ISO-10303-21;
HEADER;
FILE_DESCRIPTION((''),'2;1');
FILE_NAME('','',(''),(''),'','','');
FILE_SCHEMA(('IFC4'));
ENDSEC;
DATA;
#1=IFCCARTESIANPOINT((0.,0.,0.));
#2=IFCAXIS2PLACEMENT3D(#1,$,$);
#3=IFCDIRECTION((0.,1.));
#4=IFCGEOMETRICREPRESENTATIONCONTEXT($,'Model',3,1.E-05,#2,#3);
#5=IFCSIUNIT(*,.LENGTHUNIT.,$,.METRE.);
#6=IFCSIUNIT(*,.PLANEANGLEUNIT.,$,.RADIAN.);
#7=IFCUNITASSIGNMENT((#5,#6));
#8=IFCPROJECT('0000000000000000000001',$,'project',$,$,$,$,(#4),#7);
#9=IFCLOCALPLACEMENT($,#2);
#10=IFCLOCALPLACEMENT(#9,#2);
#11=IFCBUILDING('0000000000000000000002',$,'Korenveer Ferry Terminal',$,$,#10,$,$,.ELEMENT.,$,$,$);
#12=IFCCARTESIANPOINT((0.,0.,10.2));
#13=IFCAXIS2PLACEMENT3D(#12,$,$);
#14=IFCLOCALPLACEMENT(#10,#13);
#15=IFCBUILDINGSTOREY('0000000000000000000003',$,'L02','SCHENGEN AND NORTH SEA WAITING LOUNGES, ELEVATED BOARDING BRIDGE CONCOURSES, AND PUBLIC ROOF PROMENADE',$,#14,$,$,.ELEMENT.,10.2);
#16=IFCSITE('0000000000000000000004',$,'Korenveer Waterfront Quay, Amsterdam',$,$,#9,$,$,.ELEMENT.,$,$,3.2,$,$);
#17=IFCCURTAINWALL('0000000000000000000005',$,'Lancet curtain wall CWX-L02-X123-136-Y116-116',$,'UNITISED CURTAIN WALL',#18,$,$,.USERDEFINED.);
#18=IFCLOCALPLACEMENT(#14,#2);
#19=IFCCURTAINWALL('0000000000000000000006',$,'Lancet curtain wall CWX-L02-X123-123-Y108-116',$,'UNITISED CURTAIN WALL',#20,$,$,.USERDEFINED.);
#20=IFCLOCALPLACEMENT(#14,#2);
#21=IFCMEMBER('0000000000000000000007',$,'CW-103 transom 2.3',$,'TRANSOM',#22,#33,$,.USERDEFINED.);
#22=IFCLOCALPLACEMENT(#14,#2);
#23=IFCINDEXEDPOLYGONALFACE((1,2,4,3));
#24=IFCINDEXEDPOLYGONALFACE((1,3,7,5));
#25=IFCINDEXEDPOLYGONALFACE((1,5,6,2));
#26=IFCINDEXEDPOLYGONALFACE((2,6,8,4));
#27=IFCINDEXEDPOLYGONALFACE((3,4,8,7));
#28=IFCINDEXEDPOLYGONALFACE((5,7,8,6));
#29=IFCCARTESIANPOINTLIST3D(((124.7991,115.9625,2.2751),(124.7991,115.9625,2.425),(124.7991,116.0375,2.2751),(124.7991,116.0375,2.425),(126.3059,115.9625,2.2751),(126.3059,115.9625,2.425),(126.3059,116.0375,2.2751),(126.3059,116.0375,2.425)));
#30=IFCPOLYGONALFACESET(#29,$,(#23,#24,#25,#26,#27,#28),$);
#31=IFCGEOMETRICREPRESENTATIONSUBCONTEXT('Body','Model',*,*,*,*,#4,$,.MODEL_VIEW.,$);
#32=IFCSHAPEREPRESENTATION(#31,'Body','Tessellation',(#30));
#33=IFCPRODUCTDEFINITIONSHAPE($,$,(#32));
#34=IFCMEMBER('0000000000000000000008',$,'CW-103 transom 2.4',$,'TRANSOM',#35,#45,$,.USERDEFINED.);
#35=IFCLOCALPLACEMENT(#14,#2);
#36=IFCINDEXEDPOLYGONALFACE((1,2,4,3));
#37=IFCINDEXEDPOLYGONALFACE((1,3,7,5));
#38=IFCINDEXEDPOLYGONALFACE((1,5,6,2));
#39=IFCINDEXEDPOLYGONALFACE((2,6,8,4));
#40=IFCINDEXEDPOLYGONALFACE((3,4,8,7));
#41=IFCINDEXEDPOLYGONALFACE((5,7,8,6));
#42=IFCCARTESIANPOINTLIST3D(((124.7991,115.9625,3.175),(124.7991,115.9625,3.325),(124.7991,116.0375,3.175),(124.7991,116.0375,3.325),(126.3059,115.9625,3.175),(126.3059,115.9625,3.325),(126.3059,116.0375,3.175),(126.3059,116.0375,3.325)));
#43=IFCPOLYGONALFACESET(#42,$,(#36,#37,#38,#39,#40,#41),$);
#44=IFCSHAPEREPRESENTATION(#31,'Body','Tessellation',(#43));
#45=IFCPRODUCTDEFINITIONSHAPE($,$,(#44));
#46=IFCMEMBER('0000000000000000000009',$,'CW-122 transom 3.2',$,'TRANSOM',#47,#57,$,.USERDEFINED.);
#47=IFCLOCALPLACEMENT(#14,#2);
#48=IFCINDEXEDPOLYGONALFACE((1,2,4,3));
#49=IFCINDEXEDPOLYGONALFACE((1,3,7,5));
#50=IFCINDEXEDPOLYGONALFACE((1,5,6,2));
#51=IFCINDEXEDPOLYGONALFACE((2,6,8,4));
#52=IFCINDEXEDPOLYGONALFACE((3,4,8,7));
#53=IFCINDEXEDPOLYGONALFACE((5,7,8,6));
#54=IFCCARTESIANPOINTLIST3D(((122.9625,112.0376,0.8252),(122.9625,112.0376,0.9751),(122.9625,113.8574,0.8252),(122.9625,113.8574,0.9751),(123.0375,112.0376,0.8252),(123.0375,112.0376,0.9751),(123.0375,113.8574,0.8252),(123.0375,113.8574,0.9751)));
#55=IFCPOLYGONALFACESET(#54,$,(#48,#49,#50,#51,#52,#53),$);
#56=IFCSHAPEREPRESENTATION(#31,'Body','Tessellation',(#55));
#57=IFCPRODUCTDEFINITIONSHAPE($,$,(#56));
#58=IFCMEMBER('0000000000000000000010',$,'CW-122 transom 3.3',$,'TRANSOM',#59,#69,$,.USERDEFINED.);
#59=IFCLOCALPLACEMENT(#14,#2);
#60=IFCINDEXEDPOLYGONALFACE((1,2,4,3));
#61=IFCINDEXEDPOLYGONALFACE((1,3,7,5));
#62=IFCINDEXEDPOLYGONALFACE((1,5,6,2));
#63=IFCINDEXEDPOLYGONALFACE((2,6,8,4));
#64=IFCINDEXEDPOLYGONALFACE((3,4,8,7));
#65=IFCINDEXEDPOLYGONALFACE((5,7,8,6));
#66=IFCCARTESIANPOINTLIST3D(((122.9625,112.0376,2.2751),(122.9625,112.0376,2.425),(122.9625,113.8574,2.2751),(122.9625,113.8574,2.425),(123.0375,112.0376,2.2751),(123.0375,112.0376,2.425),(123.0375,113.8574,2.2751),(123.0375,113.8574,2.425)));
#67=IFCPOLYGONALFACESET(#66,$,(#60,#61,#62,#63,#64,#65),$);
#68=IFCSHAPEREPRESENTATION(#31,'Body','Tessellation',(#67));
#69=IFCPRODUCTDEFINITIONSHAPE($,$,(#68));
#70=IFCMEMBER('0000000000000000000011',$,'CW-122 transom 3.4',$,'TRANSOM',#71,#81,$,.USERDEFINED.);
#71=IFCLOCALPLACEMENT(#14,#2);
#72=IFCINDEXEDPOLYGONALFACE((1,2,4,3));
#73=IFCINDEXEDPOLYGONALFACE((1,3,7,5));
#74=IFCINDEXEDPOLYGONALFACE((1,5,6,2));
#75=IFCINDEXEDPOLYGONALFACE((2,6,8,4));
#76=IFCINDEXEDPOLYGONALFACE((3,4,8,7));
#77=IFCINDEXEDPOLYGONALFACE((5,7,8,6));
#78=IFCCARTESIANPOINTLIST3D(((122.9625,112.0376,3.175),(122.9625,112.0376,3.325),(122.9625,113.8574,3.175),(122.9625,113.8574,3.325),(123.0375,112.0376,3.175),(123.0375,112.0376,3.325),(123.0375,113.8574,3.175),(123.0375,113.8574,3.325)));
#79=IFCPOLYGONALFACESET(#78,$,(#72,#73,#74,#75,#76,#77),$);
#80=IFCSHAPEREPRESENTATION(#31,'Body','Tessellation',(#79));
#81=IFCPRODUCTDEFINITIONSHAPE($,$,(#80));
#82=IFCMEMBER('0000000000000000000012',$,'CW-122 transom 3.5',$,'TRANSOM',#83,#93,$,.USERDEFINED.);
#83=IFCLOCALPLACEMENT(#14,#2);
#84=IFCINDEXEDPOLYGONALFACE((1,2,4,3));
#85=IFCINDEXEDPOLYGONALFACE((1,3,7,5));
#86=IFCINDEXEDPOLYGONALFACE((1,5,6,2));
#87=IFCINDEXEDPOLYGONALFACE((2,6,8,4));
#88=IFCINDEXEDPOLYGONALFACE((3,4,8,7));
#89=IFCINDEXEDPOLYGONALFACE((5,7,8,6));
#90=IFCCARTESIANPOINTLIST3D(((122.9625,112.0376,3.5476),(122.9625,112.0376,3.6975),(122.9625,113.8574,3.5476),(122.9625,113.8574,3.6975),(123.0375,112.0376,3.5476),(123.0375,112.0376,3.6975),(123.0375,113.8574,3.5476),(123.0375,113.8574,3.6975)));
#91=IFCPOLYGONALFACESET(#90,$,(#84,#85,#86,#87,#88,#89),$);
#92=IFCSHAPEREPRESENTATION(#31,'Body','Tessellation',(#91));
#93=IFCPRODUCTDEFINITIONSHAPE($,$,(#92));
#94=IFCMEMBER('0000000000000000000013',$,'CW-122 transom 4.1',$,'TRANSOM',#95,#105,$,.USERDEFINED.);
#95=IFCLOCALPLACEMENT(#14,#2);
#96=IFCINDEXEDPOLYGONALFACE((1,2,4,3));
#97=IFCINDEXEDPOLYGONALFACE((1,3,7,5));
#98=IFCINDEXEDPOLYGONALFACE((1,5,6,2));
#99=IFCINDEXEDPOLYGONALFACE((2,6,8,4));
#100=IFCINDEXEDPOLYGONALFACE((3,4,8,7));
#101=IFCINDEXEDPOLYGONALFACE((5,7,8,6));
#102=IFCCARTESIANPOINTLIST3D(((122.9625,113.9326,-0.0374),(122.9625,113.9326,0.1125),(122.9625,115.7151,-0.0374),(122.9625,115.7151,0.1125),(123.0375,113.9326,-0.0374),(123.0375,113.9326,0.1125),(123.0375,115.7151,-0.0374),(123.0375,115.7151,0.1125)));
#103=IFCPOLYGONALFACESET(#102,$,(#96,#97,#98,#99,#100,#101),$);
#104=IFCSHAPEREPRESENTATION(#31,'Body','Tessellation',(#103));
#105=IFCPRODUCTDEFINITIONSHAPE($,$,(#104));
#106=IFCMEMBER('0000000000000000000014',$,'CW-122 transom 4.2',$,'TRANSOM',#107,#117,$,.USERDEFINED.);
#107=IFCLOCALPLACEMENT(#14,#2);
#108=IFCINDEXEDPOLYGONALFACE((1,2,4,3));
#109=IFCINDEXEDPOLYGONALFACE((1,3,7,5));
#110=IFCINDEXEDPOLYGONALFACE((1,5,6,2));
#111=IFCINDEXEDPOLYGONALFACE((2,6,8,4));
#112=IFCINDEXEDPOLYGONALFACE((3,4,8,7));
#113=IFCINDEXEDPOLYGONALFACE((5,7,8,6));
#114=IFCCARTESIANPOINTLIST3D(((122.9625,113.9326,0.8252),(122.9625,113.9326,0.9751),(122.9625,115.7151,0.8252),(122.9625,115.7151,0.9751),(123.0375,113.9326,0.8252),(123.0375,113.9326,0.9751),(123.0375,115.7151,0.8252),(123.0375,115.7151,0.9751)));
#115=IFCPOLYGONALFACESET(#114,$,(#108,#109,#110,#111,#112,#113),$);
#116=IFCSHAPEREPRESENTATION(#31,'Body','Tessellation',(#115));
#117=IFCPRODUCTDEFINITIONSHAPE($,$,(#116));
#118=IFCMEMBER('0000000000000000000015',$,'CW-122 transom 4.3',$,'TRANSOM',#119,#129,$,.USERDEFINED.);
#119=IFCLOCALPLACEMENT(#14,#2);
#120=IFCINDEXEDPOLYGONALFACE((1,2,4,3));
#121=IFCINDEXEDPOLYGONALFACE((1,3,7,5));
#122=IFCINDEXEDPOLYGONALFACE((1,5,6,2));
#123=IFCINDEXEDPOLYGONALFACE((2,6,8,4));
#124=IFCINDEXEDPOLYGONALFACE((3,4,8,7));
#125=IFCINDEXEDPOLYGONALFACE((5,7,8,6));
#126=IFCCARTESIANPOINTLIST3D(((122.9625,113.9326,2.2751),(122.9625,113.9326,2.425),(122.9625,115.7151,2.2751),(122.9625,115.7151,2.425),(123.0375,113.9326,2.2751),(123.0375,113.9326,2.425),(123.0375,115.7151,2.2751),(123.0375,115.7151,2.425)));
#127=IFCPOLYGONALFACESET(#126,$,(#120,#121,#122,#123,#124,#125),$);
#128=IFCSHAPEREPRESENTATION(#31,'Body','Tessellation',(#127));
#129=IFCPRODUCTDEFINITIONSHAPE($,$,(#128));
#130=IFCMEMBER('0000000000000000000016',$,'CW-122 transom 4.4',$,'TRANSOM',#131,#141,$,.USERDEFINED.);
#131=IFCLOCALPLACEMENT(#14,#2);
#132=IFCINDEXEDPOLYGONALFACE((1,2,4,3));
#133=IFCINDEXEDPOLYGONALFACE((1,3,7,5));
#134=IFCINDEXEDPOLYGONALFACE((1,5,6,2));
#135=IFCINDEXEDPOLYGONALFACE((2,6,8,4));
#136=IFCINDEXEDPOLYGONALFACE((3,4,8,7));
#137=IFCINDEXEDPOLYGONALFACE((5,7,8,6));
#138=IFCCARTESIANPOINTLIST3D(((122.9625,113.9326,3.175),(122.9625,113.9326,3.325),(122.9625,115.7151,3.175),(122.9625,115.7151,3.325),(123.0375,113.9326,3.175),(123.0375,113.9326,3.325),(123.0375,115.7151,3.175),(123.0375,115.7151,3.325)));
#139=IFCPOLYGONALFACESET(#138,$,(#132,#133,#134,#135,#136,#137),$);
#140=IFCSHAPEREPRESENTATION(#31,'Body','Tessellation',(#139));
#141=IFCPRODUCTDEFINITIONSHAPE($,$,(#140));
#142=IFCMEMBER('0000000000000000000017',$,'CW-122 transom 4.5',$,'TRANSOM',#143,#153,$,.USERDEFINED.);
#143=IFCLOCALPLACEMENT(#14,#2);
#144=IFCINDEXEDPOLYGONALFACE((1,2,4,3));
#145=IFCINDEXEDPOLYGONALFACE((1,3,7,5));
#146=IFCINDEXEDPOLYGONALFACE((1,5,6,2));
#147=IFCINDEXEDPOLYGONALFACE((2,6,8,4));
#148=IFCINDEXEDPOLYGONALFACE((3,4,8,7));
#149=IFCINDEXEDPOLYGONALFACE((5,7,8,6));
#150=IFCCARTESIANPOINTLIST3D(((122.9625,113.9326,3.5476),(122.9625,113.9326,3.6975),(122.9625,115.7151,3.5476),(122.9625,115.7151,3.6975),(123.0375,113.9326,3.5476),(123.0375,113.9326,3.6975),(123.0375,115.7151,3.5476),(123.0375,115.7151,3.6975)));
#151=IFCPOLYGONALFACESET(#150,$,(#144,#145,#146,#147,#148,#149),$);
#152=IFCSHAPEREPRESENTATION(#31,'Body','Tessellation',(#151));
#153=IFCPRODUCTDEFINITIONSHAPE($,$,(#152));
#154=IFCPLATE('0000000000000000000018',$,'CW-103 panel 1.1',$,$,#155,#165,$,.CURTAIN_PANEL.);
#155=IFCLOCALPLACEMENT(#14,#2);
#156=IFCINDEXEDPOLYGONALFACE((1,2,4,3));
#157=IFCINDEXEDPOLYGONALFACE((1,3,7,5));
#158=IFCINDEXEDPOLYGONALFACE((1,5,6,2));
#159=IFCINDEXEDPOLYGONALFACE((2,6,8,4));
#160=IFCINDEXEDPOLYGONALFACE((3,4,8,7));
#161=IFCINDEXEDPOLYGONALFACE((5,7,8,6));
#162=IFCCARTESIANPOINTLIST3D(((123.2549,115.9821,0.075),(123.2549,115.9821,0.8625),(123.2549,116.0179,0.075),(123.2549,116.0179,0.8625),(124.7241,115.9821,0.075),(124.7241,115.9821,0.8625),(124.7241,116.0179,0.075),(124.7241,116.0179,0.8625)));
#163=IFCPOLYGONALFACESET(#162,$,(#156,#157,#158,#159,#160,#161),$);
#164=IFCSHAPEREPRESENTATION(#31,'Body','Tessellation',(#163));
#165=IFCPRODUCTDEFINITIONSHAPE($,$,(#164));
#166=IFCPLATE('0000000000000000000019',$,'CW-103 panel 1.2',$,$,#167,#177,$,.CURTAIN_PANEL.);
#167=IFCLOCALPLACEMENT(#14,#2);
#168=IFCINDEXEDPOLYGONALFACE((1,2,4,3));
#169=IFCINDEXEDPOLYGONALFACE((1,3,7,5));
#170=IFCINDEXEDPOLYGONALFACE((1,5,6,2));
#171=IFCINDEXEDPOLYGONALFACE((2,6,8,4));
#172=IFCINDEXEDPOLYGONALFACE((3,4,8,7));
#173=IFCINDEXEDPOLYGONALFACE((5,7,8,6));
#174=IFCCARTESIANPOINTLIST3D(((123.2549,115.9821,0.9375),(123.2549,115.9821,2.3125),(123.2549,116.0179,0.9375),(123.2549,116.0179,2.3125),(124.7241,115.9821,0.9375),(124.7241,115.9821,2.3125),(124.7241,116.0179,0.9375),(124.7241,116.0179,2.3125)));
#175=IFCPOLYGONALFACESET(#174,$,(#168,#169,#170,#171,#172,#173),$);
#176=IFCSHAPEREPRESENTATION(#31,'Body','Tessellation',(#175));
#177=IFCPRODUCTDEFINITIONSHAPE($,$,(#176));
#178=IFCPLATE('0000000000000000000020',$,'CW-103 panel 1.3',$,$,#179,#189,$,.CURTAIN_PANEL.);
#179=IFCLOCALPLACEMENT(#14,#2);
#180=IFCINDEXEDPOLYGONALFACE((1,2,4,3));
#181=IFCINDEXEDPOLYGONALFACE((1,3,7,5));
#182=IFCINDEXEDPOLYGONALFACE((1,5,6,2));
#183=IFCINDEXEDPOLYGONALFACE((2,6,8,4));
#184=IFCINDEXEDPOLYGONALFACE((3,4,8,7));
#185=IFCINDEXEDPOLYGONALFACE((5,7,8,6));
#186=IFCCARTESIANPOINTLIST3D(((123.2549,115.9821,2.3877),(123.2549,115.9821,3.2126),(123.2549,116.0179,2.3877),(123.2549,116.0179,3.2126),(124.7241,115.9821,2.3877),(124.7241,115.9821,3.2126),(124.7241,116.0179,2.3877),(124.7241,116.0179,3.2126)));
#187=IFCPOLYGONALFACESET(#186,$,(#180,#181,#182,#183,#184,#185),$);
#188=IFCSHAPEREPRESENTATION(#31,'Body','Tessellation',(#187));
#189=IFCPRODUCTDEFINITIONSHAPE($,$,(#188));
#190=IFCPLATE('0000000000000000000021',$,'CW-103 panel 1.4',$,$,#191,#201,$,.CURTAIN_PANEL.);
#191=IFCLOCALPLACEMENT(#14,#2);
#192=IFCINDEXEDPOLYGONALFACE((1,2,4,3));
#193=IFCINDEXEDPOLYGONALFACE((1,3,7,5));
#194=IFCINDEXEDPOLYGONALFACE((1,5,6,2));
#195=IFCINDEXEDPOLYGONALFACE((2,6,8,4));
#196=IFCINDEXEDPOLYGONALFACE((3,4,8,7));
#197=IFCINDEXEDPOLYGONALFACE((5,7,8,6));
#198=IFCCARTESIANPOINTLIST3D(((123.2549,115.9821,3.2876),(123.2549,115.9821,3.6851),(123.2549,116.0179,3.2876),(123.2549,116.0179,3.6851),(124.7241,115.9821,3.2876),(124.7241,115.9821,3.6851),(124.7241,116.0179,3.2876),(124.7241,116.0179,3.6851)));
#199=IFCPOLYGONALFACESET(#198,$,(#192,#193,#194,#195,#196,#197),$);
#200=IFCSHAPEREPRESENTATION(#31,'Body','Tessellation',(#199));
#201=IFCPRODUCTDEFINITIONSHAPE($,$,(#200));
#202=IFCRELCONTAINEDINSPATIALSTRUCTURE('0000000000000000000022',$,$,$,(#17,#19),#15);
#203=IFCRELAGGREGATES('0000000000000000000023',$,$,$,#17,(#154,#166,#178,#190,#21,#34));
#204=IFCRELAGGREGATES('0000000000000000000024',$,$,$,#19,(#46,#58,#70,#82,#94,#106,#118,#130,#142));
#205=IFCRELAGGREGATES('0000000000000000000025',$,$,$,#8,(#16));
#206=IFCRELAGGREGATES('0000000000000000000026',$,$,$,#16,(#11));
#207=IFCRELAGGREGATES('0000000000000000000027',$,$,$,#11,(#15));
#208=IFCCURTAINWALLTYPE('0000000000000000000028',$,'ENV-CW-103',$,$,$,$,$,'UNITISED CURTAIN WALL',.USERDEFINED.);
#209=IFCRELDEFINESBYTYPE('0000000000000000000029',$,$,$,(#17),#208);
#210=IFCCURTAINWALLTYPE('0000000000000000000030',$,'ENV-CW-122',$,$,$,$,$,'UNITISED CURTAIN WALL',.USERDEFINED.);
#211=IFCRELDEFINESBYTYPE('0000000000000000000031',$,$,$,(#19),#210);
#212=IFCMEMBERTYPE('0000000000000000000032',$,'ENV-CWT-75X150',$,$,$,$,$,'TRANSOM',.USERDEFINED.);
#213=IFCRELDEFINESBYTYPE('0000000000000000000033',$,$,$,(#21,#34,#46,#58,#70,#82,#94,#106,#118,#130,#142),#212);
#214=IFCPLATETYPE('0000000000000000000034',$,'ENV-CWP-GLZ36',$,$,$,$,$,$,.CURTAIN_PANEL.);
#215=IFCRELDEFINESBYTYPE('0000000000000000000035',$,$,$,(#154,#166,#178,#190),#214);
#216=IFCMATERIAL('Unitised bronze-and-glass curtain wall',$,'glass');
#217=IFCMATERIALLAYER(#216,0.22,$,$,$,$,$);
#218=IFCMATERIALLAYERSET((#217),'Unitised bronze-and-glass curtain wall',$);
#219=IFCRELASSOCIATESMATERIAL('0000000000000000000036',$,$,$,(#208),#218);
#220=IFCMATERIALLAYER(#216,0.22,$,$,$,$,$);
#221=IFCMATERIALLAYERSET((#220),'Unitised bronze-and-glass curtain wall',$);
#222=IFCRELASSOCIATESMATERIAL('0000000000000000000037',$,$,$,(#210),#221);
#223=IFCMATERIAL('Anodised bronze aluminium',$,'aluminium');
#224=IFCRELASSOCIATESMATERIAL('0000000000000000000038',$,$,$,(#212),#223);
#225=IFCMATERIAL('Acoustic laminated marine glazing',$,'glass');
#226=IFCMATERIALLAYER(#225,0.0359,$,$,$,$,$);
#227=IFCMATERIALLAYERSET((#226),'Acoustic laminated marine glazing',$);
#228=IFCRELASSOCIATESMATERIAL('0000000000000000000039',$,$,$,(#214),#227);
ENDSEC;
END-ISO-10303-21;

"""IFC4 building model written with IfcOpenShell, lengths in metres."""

from ifc_helpers import new_model, si_unit, direction, frame, origin, origin_2d, place, context, subcontext, project, spatial, rectangle, extrude, material, layer, layer_set, material_profile, profile_set, type_object, element, aggregate, save


model = new_model("IFC4")

# Units and contexts
model_context = context("Model", 3, precision=1e-05, world=origin(), true_north=direction((0.0, 1.0)))
body_context = subcontext(model_context, "Body", "Model", "MODEL_VIEW")
ifc_project = project(units=[si_unit("LENGTHUNIT", "METRE"), si_unit("PLANEANGLEUNIT", "RADIAN")], contexts=[model_context])

# Site, building, storey
site_placement = place(None, origin())
site = spatial("IfcSite", under=ifc_project, at=site_placement, Name="Korenveer Waterfront Quay, Amsterdam", CompositionType="ELEMENT", RefElevation=3.2)
building_placement = place(site_placement, origin())
building = spatial("IfcBuilding", under=site, at=building_placement, Name="Korenveer Ferry Terminal", CompositionType="ELEMENT")
storey_placement = place(building_placement, frame((0.0, 0.0, 10.2)))
storey = spatial("IfcBuildingStorey", under=building, at=storey_placement, Name="L02", Description="SCHENGEN AND NORTH SEA WAITING LOUNGES, ELEVATED BOARDING BRIDGE CONCOURSES, AND PUBLIC ROOF PROMENADE", CompositionType="ELEMENT", Elevation=10.2)

# Curtain walls
ifc_material_1 = material(Name="Unitised bronze-and-glass curtain wall", Category="glass")
ifc_layer_1 = layer(ifc_material_1, 0.22)
ifc_layer_set_1 = layer_set([ifc_layer_1], Name="Unitised bronze-and-glass curtain wall")
curtain_wall_type_1 = type_object("IfcCurtainWallType", Name="ENV-CW-103", ElementType="UNITISED CURTAIN WALL", PredefinedType="USERDEFINED", material=ifc_layer_set_1)
curtain_wall_1_placement = place(storey_placement, frame((123.1799, 116.0, 0.0)))
curtain_wall_1 = element("IfcCurtainWall", 1, at=curtain_wall_1_placement, inside=storey, type_object=curtain_wall_type_1, Name="Lancet curtain wall CWX-L02-X123-136-Y116-116", ObjectType="UNITISED CURTAIN WALL", PredefinedType="USERDEFINED")
ifc_material_2 = material(Name="Anodised bronze aluminium", Category="aluminium")
ifc_layer_2 = layer(ifc_material_1, 0.22)
ifc_layer_set_2 = layer_set([ifc_layer_2], Name="Unitised bronze-and-glass curtain wall")
curtain_wall_type_2 = type_object("IfcCurtainWallType", Name="ENV-CW-122", ElementType="UNITISED CURTAIN WALL", PredefinedType="USERDEFINED", material=ifc_layer_set_2)
curtain_wall_2_placement = place(storey_placement, frame((123.0, 108.21, 0.0)))
curtain_wall_2 = element("IfcCurtainWall", 2, at=curtain_wall_2_placement, inside=storey, type_object=curtain_wall_type_2, Name="Lancet curtain wall CWX-L02-X123-123-Y108-116", ObjectType="UNITISED CURTAIN WALL", PredefinedType="USERDEFINED")

# Members
ifc_material_profile_1 = material_profile(ifc_material_2, rectangle(XDim=0.075, YDim=0.1499, at=origin_2d()), Name="ALU 75x150")
ifc_profile_set_1 = profile_set([ifc_material_profile_1], Name="Anodised bronze aluminium")
member_type_1 = type_object("IfcMemberType", Name="ENV-CWT-75X150", ElementType="TRANSOM", PredefinedType="USERDEFINED", material=ifc_profile_set_1)
member_1_placement = place(storey_placement, frame((124.7991, 116.0, 2.3501), z_axis=(1.0, 0.0, 0.0), x_axis=(0.0, 1.0, 0.0)))
member_1 = element("IfcMember", 3, at=member_1_placement, type_object=member_type_1, Name="CW-103 transom 2.3", ObjectType="TRANSOM", PredefinedType="USERDEFINED", context=body_context, shape_type="SweptSolid", body=[
    extrude(rectangle(XDim=0.075, YDim=0.1499, at=origin_2d()), origin(), (0.0, 0.0, 1.0), 1.5068),
])
member_2_placement = place(storey_placement, frame((124.7991, 116.0, 3.25), z_axis=(1.0, 0.0, 0.0), x_axis=(0.0, 1.0, 0.0)))
member_2 = element("IfcMember", 4, at=member_2_placement, type_object=member_type_1, Name="CW-103 transom 2.4", ObjectType="TRANSOM", PredefinedType="USERDEFINED", context=body_context, shape_type="SweptSolid", body=[
    extrude(rectangle(XDim=0.075, YDim=0.1499, at=origin_2d()), origin(), (0.0, 0.0, 1.0), 1.5068),
])
member_3_placement = place(storey_placement, frame((123.0, 112.0376, 0.9001), z_axis=(0.0, 1.0, 0.0), x_axis=(-1.0, 0.0, 0.0)))
member_3 = element("IfcMember", 5, at=member_3_placement, type_object=member_type_1, Name="CW-122 transom 3.2", ObjectType="TRANSOM", PredefinedType="USERDEFINED", context=body_context, shape_type="SweptSolid", body=[
    extrude(rectangle(XDim=0.075, YDim=0.1499, at=origin_2d()), origin(), (0.0, 0.0, 1.0), 1.8198),
])
member_4_placement = place(storey_placement, frame((123.0, 112.0376, 2.3501), z_axis=(0.0, 1.0, 0.0), x_axis=(-1.0, 0.0, 0.0)))
member_4 = element("IfcMember", 6, at=member_4_placement, type_object=member_type_1, Name="CW-122 transom 3.3", ObjectType="TRANSOM", PredefinedType="USERDEFINED", context=body_context, shape_type="SweptSolid", body=[
    extrude(rectangle(XDim=0.075, YDim=0.1499, at=origin_2d()), origin(), (0.0, 0.0, 1.0), 1.8198),
])
member_5_placement = place(storey_placement, frame((123.0, 112.0376, 3.25), z_axis=(0.0, 1.0, 0.0), x_axis=(-1.0, 0.0, 0.0)))
member_5 = element("IfcMember", 7, at=member_5_placement, type_object=member_type_1, Name="CW-122 transom 3.4", ObjectType="TRANSOM", PredefinedType="USERDEFINED", context=body_context, shape_type="SweptSolid", body=[
    extrude(rectangle(XDim=0.075, YDim=0.1499, at=origin_2d()), origin(), (0.0, 0.0, 1.0), 1.8198),
])
member_6_placement = place(storey_placement, frame((123.0, 112.0376, 3.6226), z_axis=(0.0, 1.0, 0.0), x_axis=(-1.0, 0.0, 0.0)))
member_6 = element("IfcMember", 8, at=member_6_placement, type_object=member_type_1, Name="CW-122 transom 3.5", ObjectType="TRANSOM", PredefinedType="USERDEFINED", context=body_context, shape_type="SweptSolid", body=[
    extrude(rectangle(XDim=0.075, YDim=0.1499, at=origin_2d()), origin(), (0.0, 0.0, 1.0), 1.8198),
])
member_7_placement = place(storey_placement, frame((123.0, 113.9326, 0.0376), z_axis=(0.0, 1.0, 0.0), x_axis=(-1.0, 0.0, 0.0)))
member_7 = element("IfcMember", 9, at=member_7_placement, type_object=member_type_1, Name="CW-122 transom 4.1", ObjectType="TRANSOM", PredefinedType="USERDEFINED", context=body_context, shape_type="SweptSolid", body=[
    extrude(rectangle(XDim=0.075, YDim=0.1499, at=origin_2d()), origin(), (0.0, 0.0, 1.0), 1.7825),
])
member_8_placement = place(storey_placement, frame((123.0, 113.9326, 0.9001), z_axis=(0.0, 1.0, 0.0), x_axis=(-1.0, 0.0, 0.0)))
member_8 = element("IfcMember", 10, at=member_8_placement, type_object=member_type_1, Name="CW-122 transom 4.2", ObjectType="TRANSOM", PredefinedType="USERDEFINED", context=body_context, shape_type="SweptSolid", body=[
    extrude(rectangle(XDim=0.075, YDim=0.1499, at=origin_2d()), origin(), (0.0, 0.0, 1.0), 1.7825),
])
member_9_placement = place(storey_placement, frame((123.0, 113.9326, 2.3501), z_axis=(0.0, 1.0, 0.0), x_axis=(-1.0, 0.0, 0.0)))
member_9 = element("IfcMember", 11, at=member_9_placement, type_object=member_type_1, Name="CW-122 transom 4.3", ObjectType="TRANSOM", PredefinedType="USERDEFINED", context=body_context, shape_type="SweptSolid", body=[
    extrude(rectangle(XDim=0.075, YDim=0.1499, at=origin_2d()), origin(), (0.0, 0.0, 1.0), 1.7825),
])
member_10_placement = place(storey_placement, frame((123.0, 113.9326, 3.25), z_axis=(0.0, 1.0, 0.0), x_axis=(-1.0, 0.0, 0.0)))
member_10 = element("IfcMember", 12, at=member_10_placement, type_object=member_type_1, Name="CW-122 transom 4.4", ObjectType="TRANSOM", PredefinedType="USERDEFINED", context=body_context, shape_type="SweptSolid", body=[
    extrude(rectangle(XDim=0.075, YDim=0.1499, at=origin_2d()), origin(), (0.0, 0.0, 1.0), 1.7825),
])
member_11_placement = place(storey_placement, frame((123.0, 113.9326, 3.6226), z_axis=(0.0, 1.0, 0.0), x_axis=(-1.0, 0.0, 0.0)))
member_11 = element("IfcMember", 13, at=member_11_placement, type_object=member_type_1, Name="CW-122 transom 4.5", ObjectType="TRANSOM", PredefinedType="USERDEFINED", context=body_context, shape_type="SweptSolid", body=[
    extrude(rectangle(XDim=0.075, YDim=0.1499, at=origin_2d()), origin(), (0.0, 0.0, 1.0), 1.7825),
])

# Plates
ifc_material_3 = material(Name="Acoustic laminated marine glazing", Category="glass")
ifc_layer_3 = layer(ifc_material_3, 0.0359)
ifc_layer_set_3 = layer_set([ifc_layer_3], Name="Acoustic laminated marine glazing")
plate_type = type_object("IfcPlateType", Name="ENV-CWP-GLZ36", PredefinedType="CURTAIN_PANEL", material=ifc_layer_set_3)
plate_1_placement = place(storey_placement, frame((123.9895, 116.0, 0.075), z_axis=(0.0, 0.0, 1.0), x_axis=(1.0, 0.0, 0.0)))
plate_1 = element("IfcPlate", 14, at=plate_1_placement, type_object=plate_type, Name="CW-103 panel 1.1", PredefinedType="CURTAIN_PANEL", context=body_context, shape_type="SweptSolid", body=[
    extrude(rectangle(XDim=1.4692, YDim=0.0359, at=origin_2d()), origin(), (0.0, 0.0, 1.0), 0.7876),
])
plate_2_placement = place(storey_placement, frame((123.9895, 116.0, 0.9375), z_axis=(0.0, 0.0, 1.0), x_axis=(1.0, 0.0, 0.0)))
plate_2 = element("IfcPlate", 15, at=plate_2_placement, type_object=plate_type, Name="CW-103 panel 1.2", PredefinedType="CURTAIN_PANEL", context=body_context, shape_type="SweptSolid", body=[
    extrude(rectangle(XDim=1.4692, YDim=0.0359, at=origin_2d()), origin(), (0.0, 0.0, 1.0), 1.375),
])
plate_3_placement = place(storey_placement, frame((123.9895, 116.0, 2.3877), z_axis=(0.0, 0.0, 1.0), x_axis=(1.0, 0.0, 0.0)))
plate_3 = element("IfcPlate", 16, at=plate_3_placement, type_object=plate_type, Name="CW-103 panel 1.3", PredefinedType="CURTAIN_PANEL", context=body_context, shape_type="SweptSolid", body=[
    extrude(rectangle(XDim=1.4692, YDim=0.0359, at=origin_2d()), origin(), (0.0, 0.0, 1.0), 0.825),
])
plate_4_placement = place(storey_placement, frame((123.9895, 116.0, 3.2876), z_axis=(0.0, 0.0, 1.0), x_axis=(1.0, 0.0, 0.0)))
plate_4 = element("IfcPlate", 17, at=plate_4_placement, type_object=plate_type, Name="CW-103 panel 1.4", PredefinedType="CURTAIN_PANEL", context=body_context, shape_type="SweptSolid", body=[
    extrude(rectangle(XDim=1.4692, YDim=0.0359, at=origin_2d()), origin(), (0.0, 0.0, 1.0), 0.3975),
])
aggregate(curtain_wall_1, [plate_1, plate_2, plate_3, plate_4, member_1, member_2])
aggregate(curtain_wall_2, [member_3, member_4, member_5, member_6, member_7, member_8, member_9, member_10, member_11])

save(model, "model.ifc")
